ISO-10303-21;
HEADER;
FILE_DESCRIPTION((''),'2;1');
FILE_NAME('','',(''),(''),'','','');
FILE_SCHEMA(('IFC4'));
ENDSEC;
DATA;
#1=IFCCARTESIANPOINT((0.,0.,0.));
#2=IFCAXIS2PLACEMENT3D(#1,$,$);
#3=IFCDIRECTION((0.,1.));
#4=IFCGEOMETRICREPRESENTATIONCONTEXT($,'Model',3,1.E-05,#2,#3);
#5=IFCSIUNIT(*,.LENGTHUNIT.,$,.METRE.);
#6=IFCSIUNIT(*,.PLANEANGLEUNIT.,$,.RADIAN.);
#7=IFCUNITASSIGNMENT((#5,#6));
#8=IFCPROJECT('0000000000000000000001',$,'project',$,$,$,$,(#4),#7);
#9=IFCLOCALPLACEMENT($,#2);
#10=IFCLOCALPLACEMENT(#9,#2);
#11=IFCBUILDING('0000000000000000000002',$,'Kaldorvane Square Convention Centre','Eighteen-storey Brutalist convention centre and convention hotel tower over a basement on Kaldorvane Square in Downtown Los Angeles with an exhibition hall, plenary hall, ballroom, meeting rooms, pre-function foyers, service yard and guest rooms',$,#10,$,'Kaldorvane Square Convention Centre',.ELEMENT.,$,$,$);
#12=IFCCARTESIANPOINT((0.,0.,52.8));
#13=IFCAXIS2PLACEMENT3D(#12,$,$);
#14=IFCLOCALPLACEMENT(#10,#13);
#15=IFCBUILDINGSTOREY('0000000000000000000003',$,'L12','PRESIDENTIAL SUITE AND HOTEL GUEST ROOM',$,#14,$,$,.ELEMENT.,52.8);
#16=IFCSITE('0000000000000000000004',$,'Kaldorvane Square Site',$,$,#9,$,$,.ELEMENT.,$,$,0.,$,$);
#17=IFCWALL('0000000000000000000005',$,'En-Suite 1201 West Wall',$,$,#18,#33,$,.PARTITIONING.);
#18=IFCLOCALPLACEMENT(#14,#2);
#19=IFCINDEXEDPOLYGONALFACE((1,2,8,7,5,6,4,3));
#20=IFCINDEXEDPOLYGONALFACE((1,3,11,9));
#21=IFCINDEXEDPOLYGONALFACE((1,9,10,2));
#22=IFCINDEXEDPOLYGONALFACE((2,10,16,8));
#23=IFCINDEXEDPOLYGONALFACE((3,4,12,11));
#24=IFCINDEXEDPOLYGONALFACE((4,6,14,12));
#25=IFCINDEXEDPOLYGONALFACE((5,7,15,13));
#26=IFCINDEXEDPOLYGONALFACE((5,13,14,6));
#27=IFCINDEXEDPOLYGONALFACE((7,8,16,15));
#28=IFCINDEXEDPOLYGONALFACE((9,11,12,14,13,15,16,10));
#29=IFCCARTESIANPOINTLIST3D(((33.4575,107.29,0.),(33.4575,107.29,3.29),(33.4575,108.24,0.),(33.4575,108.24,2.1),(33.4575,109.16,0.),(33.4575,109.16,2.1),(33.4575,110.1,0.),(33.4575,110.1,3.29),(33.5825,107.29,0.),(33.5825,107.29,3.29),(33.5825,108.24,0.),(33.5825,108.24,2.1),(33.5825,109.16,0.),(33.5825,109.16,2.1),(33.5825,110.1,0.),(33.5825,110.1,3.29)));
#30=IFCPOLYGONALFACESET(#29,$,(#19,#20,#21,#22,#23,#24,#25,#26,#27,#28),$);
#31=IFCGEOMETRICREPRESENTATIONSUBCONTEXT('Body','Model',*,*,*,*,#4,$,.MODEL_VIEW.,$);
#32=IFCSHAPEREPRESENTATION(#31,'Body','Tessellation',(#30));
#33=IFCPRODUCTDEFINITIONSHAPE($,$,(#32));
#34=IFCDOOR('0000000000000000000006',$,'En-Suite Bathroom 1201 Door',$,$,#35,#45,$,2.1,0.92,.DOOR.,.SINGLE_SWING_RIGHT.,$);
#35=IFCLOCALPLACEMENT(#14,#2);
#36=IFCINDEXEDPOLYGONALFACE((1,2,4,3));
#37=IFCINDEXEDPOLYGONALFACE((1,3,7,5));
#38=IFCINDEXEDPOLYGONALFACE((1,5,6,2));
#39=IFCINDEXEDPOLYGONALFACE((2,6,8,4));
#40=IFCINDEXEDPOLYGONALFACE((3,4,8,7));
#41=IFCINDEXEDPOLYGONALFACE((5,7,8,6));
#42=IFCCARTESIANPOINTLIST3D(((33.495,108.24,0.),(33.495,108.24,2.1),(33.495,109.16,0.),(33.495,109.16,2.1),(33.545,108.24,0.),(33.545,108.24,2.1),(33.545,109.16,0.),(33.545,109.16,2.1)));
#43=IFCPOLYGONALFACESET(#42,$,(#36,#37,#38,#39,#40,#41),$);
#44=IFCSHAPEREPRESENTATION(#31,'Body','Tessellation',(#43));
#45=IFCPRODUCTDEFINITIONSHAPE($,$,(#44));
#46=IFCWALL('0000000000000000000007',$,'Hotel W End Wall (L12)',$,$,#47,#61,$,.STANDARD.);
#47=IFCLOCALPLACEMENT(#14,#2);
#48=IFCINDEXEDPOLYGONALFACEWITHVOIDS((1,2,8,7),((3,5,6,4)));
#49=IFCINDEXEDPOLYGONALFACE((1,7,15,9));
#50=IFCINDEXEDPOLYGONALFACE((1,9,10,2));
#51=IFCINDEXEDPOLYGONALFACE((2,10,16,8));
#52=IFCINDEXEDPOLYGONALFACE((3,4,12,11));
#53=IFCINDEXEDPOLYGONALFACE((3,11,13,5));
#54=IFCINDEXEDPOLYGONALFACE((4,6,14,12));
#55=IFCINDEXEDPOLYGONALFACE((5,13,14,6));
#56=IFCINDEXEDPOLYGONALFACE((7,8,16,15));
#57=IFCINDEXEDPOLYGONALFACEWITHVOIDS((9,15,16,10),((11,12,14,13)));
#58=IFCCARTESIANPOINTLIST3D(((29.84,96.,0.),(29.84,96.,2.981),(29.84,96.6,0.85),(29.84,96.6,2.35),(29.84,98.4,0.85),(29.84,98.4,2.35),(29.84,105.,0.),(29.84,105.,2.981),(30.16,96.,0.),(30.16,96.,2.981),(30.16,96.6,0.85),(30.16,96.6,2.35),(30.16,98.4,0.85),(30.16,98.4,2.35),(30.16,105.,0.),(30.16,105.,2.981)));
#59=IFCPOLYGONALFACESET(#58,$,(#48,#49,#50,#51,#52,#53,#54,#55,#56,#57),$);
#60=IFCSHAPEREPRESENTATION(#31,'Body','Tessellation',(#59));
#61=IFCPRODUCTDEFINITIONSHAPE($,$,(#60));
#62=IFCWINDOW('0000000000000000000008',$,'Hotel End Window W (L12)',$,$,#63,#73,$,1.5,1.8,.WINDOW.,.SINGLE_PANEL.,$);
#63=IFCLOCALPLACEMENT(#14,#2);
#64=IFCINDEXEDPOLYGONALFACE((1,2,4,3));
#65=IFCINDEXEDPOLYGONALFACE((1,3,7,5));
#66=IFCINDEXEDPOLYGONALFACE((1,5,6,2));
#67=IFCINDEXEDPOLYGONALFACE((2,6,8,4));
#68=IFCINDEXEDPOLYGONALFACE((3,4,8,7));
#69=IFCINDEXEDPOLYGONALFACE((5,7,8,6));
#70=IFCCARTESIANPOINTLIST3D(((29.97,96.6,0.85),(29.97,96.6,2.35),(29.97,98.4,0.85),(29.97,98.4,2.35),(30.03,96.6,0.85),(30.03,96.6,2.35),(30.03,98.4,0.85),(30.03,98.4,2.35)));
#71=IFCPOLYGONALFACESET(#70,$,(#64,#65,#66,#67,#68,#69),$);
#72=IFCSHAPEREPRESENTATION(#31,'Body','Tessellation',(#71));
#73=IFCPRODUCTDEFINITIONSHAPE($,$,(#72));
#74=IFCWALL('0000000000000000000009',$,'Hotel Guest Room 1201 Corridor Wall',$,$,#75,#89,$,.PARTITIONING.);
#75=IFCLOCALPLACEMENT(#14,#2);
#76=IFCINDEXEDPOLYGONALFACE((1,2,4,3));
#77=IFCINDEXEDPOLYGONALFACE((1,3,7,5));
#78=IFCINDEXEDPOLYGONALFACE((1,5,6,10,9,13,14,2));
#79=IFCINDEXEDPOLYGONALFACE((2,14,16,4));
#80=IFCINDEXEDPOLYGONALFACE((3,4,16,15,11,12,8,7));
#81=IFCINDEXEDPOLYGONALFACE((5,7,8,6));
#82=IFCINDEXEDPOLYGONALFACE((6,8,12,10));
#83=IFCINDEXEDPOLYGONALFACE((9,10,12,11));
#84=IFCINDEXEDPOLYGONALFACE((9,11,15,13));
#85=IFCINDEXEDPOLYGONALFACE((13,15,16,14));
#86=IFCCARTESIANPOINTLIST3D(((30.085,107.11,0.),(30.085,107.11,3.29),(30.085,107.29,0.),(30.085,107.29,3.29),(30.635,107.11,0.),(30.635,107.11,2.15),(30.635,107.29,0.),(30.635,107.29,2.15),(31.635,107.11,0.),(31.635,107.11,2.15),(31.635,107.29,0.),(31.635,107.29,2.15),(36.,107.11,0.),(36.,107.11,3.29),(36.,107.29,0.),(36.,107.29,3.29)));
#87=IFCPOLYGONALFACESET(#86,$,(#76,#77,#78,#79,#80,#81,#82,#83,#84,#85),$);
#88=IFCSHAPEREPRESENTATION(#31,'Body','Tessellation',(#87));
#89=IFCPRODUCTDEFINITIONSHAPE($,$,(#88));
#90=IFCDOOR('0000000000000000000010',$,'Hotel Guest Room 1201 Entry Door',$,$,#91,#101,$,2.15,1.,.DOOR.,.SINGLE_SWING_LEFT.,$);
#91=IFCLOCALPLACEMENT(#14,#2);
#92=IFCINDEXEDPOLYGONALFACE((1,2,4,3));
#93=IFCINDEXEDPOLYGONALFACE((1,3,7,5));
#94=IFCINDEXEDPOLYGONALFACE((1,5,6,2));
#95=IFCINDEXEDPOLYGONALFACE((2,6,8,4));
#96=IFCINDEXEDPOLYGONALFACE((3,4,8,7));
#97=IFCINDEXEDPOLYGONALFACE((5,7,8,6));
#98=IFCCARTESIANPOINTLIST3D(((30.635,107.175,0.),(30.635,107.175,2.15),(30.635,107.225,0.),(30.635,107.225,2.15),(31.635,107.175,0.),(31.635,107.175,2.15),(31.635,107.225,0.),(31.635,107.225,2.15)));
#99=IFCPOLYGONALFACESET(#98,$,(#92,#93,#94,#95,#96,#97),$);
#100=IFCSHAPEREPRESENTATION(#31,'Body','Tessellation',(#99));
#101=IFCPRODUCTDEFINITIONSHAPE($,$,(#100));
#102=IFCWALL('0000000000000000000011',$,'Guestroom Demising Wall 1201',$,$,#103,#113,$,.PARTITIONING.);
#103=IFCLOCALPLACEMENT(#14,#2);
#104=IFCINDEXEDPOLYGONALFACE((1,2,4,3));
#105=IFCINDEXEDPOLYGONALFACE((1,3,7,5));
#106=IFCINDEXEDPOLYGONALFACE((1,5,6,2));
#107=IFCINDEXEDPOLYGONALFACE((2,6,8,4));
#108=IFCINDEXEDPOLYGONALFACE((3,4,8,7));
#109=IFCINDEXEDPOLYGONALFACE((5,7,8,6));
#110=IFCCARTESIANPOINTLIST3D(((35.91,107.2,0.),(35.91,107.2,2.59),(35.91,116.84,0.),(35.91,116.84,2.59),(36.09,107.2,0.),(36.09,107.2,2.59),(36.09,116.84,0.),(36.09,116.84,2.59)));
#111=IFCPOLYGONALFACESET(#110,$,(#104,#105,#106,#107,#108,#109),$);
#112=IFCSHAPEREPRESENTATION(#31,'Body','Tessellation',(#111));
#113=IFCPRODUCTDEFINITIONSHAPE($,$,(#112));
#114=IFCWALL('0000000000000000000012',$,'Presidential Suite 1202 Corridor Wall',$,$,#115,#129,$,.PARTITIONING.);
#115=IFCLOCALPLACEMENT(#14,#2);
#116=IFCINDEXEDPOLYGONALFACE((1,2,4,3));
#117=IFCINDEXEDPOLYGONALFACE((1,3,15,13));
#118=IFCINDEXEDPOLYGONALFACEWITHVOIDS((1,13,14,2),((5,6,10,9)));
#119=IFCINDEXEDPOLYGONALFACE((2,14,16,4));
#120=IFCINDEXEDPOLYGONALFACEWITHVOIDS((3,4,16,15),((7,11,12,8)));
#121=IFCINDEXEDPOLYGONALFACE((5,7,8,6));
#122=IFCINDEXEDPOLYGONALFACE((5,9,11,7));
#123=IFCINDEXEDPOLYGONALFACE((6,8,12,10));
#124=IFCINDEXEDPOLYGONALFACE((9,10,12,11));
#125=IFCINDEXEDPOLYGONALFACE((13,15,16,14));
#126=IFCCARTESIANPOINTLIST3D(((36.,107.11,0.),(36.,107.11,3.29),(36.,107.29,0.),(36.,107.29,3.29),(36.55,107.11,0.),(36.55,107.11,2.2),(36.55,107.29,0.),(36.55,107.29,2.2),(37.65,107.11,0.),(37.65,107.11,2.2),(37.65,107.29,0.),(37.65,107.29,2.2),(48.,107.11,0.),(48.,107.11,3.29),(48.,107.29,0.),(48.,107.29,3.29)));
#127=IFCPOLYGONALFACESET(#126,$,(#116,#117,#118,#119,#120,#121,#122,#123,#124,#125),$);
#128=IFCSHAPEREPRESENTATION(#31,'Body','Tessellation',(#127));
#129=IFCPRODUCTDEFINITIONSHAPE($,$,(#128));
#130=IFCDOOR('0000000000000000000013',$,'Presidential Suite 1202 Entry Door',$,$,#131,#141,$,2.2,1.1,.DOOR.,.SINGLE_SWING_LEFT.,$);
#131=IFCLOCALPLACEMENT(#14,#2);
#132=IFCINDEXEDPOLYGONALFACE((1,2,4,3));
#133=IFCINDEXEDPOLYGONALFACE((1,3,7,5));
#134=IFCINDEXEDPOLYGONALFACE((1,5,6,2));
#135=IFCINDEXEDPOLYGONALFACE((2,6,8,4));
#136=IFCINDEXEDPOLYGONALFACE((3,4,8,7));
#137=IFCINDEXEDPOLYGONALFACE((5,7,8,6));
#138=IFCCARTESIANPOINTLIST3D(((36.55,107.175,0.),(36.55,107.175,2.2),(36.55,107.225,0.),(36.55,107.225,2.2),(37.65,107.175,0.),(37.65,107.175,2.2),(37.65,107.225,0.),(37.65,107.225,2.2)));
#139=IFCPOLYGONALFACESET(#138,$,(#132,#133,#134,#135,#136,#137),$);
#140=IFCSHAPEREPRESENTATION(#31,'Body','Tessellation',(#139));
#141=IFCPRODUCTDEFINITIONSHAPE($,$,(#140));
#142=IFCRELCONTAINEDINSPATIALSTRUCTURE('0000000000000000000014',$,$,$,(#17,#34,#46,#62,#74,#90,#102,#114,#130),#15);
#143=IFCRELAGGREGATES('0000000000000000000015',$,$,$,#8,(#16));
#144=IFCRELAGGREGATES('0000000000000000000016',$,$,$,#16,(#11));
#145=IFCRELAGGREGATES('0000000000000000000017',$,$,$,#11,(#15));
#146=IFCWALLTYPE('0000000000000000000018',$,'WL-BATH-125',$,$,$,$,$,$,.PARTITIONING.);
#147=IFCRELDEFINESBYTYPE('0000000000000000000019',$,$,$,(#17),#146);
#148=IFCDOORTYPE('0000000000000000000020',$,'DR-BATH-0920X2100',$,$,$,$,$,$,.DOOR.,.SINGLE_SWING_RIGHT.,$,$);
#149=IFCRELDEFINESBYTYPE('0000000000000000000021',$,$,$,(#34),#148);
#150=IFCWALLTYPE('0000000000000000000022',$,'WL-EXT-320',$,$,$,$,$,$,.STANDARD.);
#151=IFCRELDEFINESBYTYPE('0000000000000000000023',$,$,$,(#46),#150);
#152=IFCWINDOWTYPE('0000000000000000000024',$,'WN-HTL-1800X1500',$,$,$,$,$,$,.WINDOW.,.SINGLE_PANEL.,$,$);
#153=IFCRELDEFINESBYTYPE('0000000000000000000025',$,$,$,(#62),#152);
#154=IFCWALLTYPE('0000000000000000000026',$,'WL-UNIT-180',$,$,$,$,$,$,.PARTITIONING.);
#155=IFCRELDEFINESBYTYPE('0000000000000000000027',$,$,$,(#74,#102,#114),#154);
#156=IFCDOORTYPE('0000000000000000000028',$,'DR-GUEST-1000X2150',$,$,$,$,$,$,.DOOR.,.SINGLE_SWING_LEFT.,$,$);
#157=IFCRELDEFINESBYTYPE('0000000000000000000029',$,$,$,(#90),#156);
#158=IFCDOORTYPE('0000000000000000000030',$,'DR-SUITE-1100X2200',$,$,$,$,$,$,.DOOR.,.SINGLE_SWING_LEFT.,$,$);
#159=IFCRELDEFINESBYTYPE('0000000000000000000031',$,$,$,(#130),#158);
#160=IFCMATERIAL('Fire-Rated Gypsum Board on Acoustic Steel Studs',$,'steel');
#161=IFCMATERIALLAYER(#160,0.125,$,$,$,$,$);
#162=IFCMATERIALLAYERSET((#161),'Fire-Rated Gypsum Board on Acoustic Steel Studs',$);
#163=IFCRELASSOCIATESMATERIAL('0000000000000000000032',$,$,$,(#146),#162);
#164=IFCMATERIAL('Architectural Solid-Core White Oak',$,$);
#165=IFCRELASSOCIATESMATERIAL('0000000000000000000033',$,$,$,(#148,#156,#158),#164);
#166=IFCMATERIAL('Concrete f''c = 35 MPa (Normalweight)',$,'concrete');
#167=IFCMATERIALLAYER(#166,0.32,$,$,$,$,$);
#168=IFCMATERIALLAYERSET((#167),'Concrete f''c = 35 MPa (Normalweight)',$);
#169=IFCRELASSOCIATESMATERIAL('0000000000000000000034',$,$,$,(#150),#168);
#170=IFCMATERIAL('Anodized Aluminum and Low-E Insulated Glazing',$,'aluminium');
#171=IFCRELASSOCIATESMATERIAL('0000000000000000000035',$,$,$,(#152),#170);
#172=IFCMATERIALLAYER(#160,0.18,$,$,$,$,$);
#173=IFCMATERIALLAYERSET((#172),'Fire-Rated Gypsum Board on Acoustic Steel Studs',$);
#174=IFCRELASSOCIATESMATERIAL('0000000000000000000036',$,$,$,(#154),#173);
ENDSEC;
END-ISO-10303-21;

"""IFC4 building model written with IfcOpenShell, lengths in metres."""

from ifc_helpers import new_model, si_unit, direction, frame, frame_2d, origin, place, context, subcontext, project, spatial, rectangle, extrude, material, layer, layer_set, type_object, element, fill, save


model = new_model("IFC4")

# Units and contexts
model_context = context("Model", 3, precision=1e-05, world=origin(), true_north=direction((0.0, 1.0)))
body_context = subcontext(model_context, "Body", "Model", "MODEL_VIEW")
ifc_project = project(units=[si_unit("LENGTHUNIT", "METRE"), si_unit("PLANEANGLEUNIT", "RADIAN")], contexts=[model_context])

# Site, building, storey
site_placement = place(None, origin())
site = spatial("IfcSite", under=ifc_project, at=site_placement, Name="Kaldorvane Square Site", CompositionType="ELEMENT", RefElevation=0.0)
building_placement = place(site_placement, origin())
building = spatial("IfcBuilding", under=site, at=building_placement, Name="Kaldorvane Square Convention Centre", Description="Eighteen-storey Brutalist convention centre and convention hotel tower over a basement on Kaldorvane Square in Downtown Los Angeles with an exhibition hall, plenary hall, ballroom, meeting rooms, pre-function foyers, service yard and guest rooms", LongName="Kaldorvane Square Convention Centre", CompositionType="ELEMENT")
storey_placement = place(building_placement, frame((0.0, 0.0, 52.8)))
storey = spatial("IfcBuildingStorey", under=building, at=storey_placement, Name="L12", Description="PRESIDENTIAL SUITE AND HOTEL GUEST ROOM", CompositionType="ELEMENT", Elevation=52.8)

# Shared definitions
ifc_material_1 = material(Name="Anodized Aluminum and Low-E Insulated Glazing", Category="aluminium")

# Wall, opening, door
ifc_material_2 = material(Name="Fire-Rated Gypsum Board on Acoustic Steel Studs", Category="steel")
ifc_layer_1 = layer(ifc_material_2, 0.125)
ifc_layer_set_1 = layer_set([ifc_layer_1], Name="Fire-Rated Gypsum Board on Acoustic Steel Studs")
wall_type_1 = type_object("IfcWallType", Name="WL-BATH-125", PredefinedType="PARTITIONING", material=ifc_layer_set_1)
wall_1_placement = place(storey_placement, frame((33.52, 107.29, 0.0), z_axis=(0.0, 0.0, 1.0), x_axis=(0.0, 1.0, 0.0)))
wall_1 = element("IfcWall", 1, at=wall_1_placement, inside=storey, type_object=wall_type_1, Name="En-Suite 1201 West Wall", PredefinedType="PARTITIONING", context=body_context, shape_type="SweptSolid", body=[
    extrude(rectangle(XDim=2.81, YDim=0.125, at=frame_2d((1.405, 0.0))), origin(), (0.0, 0.0, 1.0), 3.29),
])
opening_1_placement = place(wall_1_placement, frame((0.95, 0.0, 0.0)))
opening_1 = element("IfcOpeningElement", 2, at=opening_1_placement, cuts=wall_1, PredefinedType="OPENING", context=body_context, shape_type="SweptSolid", body=[
    extrude(rectangle(XDim=0.92, YDim=2.1, at=frame_2d((0.46, 1.05))), frame((0.0, 0.0775, 0.0), z_axis=(0.0, -1.0, 0.0), x_axis=(1.0, 0.0, 0.0)), (0.0, 0.0, 1.0), 0.155),
])
ifc_material_3 = material(Name="Architectural Solid-Core White Oak")
door_type_1 = type_object("IfcDoorType", Name="DR-BATH-0920X2100", OperationType="SINGLE_SWING_RIGHT", PredefinedType="DOOR", material=ifc_material_3)
door_1_placement = place(opening_1_placement, origin())
door_1 = element("IfcDoor", 3, at=door_1_placement, inside=storey, type_object=door_type_1, Name="En-Suite Bathroom 1201 Door", OperationType="SINGLE_SWING_RIGHT", OverallHeight=2.1, OverallWidth=0.92, PredefinedType="DOOR", context=body_context, shape_type="SweptSolid", body=[
    extrude(rectangle(XDim=0.92, YDim=2.1, at=frame_2d((0.46, 1.05))), frame((0.0, 0.025, 0.0), z_axis=(0.0, -1.0, 0.0), x_axis=(1.0, 0.0, 0.0)), (0.0, 0.0, 1.0), 0.05),
])
fill(opening_1, door_1)

# Wall, opening, window
ifc_material_4 = material(Name="Concrete f'c = 35 MPa (Normalweight)", Category="concrete")
ifc_layer_2 = layer(ifc_material_4, 0.32)
ifc_layer_set_2 = layer_set([ifc_layer_2], Name="Concrete f'c = 35 MPa (Normalweight)")
wall_type_2 = type_object("IfcWallType", Name="WL-EXT-320", PredefinedType="STANDARD", material=ifc_layer_set_2)
wall_2_placement = place(storey_placement, frame((30.0, 105.0, 0.0), z_axis=(0.0, 0.0, 1.0), x_axis=(0.0, -1.0, 0.0)))
wall_2 = element("IfcWall", 4, at=wall_2_placement, inside=storey, type_object=wall_type_2, Name="Hotel W End Wall (L12)", PredefinedType="STANDARD", context=body_context, shape_type="SweptSolid", body=[
    extrude(rectangle(XDim=9.0, YDim=0.32, at=frame_2d((4.5, 0.0))), origin(), (0.0, 0.0, 1.0), 2.981),
])
opening_2_placement = place(wall_2_placement, frame((6.6, 0.0, 0.85)))
opening_2 = element("IfcOpeningElement", 5, at=opening_2_placement, cuts=wall_2, PredefinedType="OPENING", context=body_context, shape_type="SweptSolid", body=[
    extrude(rectangle(XDim=1.8, YDim=1.5, at=frame_2d((0.9, 0.75))), frame((0.0, 0.175, 0.0), z_axis=(0.0, -1.0, 0.0), x_axis=(1.0, 0.0, 0.0)), (0.0, 0.0, 1.0), 0.35),
])
window_type = type_object("IfcWindowType", Name="WN-HTL-1800X1500", PartitioningType="SINGLE_PANEL", PredefinedType="WINDOW", material=ifc_material_1)
window_placement = place(opening_2_placement, origin())
window = element("IfcWindow", 6, at=window_placement, inside=storey, type_object=window_type, Name="Hotel End Window W (L12)", OverallHeight=1.5, OverallWidth=1.8, PartitioningType="SINGLE_PANEL", PredefinedType="WINDOW", context=body_context, shape_type="SweptSolid", body=[
    extrude(rectangle(XDim=1.8, YDim=1.5, at=frame_2d((0.9, 0.75))), frame((0.0, 0.03, 0.0), z_axis=(0.0, -1.0, 0.0), x_axis=(1.0, 0.0, 0.0)), (0.0, 0.0, 1.0), 0.06),
])
fill(opening_2, window)

# Wall, opening, door
ifc_layer_3 = layer(ifc_material_2, 0.18)
ifc_layer_set_3 = layer_set([ifc_layer_3], Name="Fire-Rated Gypsum Board on Acoustic Steel Studs")
wall_type_3 = type_object("IfcWallType", Name="WL-UNIT-180", PredefinedType="PARTITIONING", material=ifc_layer_set_3)
wall_3_placement = place(storey_placement, frame((30.085, 107.2, 0.0), z_axis=(0.0, 0.0, 1.0), x_axis=(1.0, 0.0, 0.0)))
wall_3 = element("IfcWall", 7, at=wall_3_placement, inside=storey, type_object=wall_type_3, Name="Hotel Guest Room 1201 Corridor Wall", PredefinedType="PARTITIONING", context=body_context, shape_type="SweptSolid", body=[
    extrude(rectangle(XDim=5.915, YDim=0.18, at=frame_2d((2.9575, 0.0))), origin(), (0.0, 0.0, 1.0), 3.29),
])
opening_3_placement = place(wall_3_placement, frame((0.55, 0.0, 0.0)))
opening_3 = element("IfcOpeningElement", 8, at=opening_3_placement, cuts=wall_3, PredefinedType="OPENING", context=body_context, shape_type="SweptSolid", body=[
    extrude(rectangle(XDim=1.0, YDim=2.15, at=frame_2d((0.5, 1.075))), frame((0.0, 0.105, 0.0), z_axis=(0.0, -1.0, 0.0), x_axis=(1.0, 0.0, 0.0)), (0.0, 0.0, 1.0), 0.21),
])
door_type_2 = type_object("IfcDoorType", Name="DR-GUEST-1000X2150", OperationType="SINGLE_SWING_LEFT", PredefinedType="DOOR", material=ifc_material_3)
door_2_placement = place(opening_3_placement, origin())
door_2 = element("IfcDoor", 9, at=door_2_placement, inside=storey, type_object=door_type_2, Name="Hotel Guest Room 1201 Entry Door", OperationType="SINGLE_SWING_LEFT", OverallHeight=2.15, OverallWidth=1.0, PredefinedType="DOOR", context=body_context, shape_type="SweptSolid", body=[
    extrude(rectangle(XDim=1.0, YDim=2.15, at=frame_2d((0.5, 1.075))), frame((0.0, 0.025, 0.0), z_axis=(0.0, -1.0, 0.0), x_axis=(1.0, 0.0, 0.0)), (0.0, 0.0, 1.0), 0.05),
])
fill(opening_3, door_2)

# Wall
wall_4_placement = place(storey_placement, frame((36.0, 107.2, 0.0), z_axis=(0.0, 0.0, 1.0), x_axis=(0.0, 1.0, 0.0)))
element("IfcWall", 10, at=wall_4_placement, inside=storey, type_object=wall_type_3, Name="Guestroom Demising Wall 1201", PredefinedType="PARTITIONING", context=body_context, shape_type="SweptSolid", body=[
    extrude(rectangle(XDim=9.64, YDim=0.18, at=frame_2d((4.82, 0.0))), origin(), (0.0, 0.0, 1.0), 2.59),
])

# Wall, opening, door
wall_5_placement = place(storey_placement, frame((36.0, 107.2, 0.0), z_axis=(0.0, 0.0, 1.0), x_axis=(1.0, 0.0, 0.0)))
wall_5 = element("IfcWall", 11, at=wall_5_placement, inside=storey, type_object=wall_type_3, Name="Presidential Suite 1202 Corridor Wall", PredefinedType="PARTITIONING", context=body_context, shape_type="SweptSolid", body=[
    extrude(rectangle(XDim=12.0, YDim=0.18, at=frame_2d((6.0, 0.0))), origin(), (0.0, 0.0, 1.0), 3.29),
])
opening_4_placement = place(wall_5_placement, frame((0.55, 0.0, 0.0)))
opening_4 = element("IfcOpeningElement", 12, at=opening_4_placement, cuts=wall_5, PredefinedType="OPENING", context=body_context, shape_type="SweptSolid", body=[
    extrude(rectangle(XDim=1.1, YDim=2.2, at=frame_2d((0.55, 1.1))), frame((0.0, 0.105, 0.0), z_axis=(0.0, -1.0, 0.0), x_axis=(1.0, 0.0, 0.0)), (0.0, 0.0, 1.0), 0.21),
])
door_type_3 = type_object("IfcDoorType", Name="DR-SUITE-1100X2200", OperationType="SINGLE_SWING_LEFT", PredefinedType="DOOR", material=ifc_material_3)
door_3_placement = place(opening_4_placement, origin())
door_3 = element("IfcDoor", 13, at=door_3_placement, inside=storey, type_object=door_type_3, Name="Presidential Suite 1202 Entry Door", OperationType="SINGLE_SWING_LEFT", OverallHeight=2.2, OverallWidth=1.1, PredefinedType="DOOR", context=body_context, shape_type="SweptSolid", body=[
    extrude(rectangle(XDim=1.1, YDim=2.2, at=frame_2d((0.55, 1.1))), frame((0.0, 0.025, 0.0), z_axis=(0.0, -1.0, 0.0), x_axis=(1.0, 0.0, 0.0)), (0.0, 0.0, 1.0), 0.05),
])
fill(opening_4, door_3)

save(model, "model.ifc")
